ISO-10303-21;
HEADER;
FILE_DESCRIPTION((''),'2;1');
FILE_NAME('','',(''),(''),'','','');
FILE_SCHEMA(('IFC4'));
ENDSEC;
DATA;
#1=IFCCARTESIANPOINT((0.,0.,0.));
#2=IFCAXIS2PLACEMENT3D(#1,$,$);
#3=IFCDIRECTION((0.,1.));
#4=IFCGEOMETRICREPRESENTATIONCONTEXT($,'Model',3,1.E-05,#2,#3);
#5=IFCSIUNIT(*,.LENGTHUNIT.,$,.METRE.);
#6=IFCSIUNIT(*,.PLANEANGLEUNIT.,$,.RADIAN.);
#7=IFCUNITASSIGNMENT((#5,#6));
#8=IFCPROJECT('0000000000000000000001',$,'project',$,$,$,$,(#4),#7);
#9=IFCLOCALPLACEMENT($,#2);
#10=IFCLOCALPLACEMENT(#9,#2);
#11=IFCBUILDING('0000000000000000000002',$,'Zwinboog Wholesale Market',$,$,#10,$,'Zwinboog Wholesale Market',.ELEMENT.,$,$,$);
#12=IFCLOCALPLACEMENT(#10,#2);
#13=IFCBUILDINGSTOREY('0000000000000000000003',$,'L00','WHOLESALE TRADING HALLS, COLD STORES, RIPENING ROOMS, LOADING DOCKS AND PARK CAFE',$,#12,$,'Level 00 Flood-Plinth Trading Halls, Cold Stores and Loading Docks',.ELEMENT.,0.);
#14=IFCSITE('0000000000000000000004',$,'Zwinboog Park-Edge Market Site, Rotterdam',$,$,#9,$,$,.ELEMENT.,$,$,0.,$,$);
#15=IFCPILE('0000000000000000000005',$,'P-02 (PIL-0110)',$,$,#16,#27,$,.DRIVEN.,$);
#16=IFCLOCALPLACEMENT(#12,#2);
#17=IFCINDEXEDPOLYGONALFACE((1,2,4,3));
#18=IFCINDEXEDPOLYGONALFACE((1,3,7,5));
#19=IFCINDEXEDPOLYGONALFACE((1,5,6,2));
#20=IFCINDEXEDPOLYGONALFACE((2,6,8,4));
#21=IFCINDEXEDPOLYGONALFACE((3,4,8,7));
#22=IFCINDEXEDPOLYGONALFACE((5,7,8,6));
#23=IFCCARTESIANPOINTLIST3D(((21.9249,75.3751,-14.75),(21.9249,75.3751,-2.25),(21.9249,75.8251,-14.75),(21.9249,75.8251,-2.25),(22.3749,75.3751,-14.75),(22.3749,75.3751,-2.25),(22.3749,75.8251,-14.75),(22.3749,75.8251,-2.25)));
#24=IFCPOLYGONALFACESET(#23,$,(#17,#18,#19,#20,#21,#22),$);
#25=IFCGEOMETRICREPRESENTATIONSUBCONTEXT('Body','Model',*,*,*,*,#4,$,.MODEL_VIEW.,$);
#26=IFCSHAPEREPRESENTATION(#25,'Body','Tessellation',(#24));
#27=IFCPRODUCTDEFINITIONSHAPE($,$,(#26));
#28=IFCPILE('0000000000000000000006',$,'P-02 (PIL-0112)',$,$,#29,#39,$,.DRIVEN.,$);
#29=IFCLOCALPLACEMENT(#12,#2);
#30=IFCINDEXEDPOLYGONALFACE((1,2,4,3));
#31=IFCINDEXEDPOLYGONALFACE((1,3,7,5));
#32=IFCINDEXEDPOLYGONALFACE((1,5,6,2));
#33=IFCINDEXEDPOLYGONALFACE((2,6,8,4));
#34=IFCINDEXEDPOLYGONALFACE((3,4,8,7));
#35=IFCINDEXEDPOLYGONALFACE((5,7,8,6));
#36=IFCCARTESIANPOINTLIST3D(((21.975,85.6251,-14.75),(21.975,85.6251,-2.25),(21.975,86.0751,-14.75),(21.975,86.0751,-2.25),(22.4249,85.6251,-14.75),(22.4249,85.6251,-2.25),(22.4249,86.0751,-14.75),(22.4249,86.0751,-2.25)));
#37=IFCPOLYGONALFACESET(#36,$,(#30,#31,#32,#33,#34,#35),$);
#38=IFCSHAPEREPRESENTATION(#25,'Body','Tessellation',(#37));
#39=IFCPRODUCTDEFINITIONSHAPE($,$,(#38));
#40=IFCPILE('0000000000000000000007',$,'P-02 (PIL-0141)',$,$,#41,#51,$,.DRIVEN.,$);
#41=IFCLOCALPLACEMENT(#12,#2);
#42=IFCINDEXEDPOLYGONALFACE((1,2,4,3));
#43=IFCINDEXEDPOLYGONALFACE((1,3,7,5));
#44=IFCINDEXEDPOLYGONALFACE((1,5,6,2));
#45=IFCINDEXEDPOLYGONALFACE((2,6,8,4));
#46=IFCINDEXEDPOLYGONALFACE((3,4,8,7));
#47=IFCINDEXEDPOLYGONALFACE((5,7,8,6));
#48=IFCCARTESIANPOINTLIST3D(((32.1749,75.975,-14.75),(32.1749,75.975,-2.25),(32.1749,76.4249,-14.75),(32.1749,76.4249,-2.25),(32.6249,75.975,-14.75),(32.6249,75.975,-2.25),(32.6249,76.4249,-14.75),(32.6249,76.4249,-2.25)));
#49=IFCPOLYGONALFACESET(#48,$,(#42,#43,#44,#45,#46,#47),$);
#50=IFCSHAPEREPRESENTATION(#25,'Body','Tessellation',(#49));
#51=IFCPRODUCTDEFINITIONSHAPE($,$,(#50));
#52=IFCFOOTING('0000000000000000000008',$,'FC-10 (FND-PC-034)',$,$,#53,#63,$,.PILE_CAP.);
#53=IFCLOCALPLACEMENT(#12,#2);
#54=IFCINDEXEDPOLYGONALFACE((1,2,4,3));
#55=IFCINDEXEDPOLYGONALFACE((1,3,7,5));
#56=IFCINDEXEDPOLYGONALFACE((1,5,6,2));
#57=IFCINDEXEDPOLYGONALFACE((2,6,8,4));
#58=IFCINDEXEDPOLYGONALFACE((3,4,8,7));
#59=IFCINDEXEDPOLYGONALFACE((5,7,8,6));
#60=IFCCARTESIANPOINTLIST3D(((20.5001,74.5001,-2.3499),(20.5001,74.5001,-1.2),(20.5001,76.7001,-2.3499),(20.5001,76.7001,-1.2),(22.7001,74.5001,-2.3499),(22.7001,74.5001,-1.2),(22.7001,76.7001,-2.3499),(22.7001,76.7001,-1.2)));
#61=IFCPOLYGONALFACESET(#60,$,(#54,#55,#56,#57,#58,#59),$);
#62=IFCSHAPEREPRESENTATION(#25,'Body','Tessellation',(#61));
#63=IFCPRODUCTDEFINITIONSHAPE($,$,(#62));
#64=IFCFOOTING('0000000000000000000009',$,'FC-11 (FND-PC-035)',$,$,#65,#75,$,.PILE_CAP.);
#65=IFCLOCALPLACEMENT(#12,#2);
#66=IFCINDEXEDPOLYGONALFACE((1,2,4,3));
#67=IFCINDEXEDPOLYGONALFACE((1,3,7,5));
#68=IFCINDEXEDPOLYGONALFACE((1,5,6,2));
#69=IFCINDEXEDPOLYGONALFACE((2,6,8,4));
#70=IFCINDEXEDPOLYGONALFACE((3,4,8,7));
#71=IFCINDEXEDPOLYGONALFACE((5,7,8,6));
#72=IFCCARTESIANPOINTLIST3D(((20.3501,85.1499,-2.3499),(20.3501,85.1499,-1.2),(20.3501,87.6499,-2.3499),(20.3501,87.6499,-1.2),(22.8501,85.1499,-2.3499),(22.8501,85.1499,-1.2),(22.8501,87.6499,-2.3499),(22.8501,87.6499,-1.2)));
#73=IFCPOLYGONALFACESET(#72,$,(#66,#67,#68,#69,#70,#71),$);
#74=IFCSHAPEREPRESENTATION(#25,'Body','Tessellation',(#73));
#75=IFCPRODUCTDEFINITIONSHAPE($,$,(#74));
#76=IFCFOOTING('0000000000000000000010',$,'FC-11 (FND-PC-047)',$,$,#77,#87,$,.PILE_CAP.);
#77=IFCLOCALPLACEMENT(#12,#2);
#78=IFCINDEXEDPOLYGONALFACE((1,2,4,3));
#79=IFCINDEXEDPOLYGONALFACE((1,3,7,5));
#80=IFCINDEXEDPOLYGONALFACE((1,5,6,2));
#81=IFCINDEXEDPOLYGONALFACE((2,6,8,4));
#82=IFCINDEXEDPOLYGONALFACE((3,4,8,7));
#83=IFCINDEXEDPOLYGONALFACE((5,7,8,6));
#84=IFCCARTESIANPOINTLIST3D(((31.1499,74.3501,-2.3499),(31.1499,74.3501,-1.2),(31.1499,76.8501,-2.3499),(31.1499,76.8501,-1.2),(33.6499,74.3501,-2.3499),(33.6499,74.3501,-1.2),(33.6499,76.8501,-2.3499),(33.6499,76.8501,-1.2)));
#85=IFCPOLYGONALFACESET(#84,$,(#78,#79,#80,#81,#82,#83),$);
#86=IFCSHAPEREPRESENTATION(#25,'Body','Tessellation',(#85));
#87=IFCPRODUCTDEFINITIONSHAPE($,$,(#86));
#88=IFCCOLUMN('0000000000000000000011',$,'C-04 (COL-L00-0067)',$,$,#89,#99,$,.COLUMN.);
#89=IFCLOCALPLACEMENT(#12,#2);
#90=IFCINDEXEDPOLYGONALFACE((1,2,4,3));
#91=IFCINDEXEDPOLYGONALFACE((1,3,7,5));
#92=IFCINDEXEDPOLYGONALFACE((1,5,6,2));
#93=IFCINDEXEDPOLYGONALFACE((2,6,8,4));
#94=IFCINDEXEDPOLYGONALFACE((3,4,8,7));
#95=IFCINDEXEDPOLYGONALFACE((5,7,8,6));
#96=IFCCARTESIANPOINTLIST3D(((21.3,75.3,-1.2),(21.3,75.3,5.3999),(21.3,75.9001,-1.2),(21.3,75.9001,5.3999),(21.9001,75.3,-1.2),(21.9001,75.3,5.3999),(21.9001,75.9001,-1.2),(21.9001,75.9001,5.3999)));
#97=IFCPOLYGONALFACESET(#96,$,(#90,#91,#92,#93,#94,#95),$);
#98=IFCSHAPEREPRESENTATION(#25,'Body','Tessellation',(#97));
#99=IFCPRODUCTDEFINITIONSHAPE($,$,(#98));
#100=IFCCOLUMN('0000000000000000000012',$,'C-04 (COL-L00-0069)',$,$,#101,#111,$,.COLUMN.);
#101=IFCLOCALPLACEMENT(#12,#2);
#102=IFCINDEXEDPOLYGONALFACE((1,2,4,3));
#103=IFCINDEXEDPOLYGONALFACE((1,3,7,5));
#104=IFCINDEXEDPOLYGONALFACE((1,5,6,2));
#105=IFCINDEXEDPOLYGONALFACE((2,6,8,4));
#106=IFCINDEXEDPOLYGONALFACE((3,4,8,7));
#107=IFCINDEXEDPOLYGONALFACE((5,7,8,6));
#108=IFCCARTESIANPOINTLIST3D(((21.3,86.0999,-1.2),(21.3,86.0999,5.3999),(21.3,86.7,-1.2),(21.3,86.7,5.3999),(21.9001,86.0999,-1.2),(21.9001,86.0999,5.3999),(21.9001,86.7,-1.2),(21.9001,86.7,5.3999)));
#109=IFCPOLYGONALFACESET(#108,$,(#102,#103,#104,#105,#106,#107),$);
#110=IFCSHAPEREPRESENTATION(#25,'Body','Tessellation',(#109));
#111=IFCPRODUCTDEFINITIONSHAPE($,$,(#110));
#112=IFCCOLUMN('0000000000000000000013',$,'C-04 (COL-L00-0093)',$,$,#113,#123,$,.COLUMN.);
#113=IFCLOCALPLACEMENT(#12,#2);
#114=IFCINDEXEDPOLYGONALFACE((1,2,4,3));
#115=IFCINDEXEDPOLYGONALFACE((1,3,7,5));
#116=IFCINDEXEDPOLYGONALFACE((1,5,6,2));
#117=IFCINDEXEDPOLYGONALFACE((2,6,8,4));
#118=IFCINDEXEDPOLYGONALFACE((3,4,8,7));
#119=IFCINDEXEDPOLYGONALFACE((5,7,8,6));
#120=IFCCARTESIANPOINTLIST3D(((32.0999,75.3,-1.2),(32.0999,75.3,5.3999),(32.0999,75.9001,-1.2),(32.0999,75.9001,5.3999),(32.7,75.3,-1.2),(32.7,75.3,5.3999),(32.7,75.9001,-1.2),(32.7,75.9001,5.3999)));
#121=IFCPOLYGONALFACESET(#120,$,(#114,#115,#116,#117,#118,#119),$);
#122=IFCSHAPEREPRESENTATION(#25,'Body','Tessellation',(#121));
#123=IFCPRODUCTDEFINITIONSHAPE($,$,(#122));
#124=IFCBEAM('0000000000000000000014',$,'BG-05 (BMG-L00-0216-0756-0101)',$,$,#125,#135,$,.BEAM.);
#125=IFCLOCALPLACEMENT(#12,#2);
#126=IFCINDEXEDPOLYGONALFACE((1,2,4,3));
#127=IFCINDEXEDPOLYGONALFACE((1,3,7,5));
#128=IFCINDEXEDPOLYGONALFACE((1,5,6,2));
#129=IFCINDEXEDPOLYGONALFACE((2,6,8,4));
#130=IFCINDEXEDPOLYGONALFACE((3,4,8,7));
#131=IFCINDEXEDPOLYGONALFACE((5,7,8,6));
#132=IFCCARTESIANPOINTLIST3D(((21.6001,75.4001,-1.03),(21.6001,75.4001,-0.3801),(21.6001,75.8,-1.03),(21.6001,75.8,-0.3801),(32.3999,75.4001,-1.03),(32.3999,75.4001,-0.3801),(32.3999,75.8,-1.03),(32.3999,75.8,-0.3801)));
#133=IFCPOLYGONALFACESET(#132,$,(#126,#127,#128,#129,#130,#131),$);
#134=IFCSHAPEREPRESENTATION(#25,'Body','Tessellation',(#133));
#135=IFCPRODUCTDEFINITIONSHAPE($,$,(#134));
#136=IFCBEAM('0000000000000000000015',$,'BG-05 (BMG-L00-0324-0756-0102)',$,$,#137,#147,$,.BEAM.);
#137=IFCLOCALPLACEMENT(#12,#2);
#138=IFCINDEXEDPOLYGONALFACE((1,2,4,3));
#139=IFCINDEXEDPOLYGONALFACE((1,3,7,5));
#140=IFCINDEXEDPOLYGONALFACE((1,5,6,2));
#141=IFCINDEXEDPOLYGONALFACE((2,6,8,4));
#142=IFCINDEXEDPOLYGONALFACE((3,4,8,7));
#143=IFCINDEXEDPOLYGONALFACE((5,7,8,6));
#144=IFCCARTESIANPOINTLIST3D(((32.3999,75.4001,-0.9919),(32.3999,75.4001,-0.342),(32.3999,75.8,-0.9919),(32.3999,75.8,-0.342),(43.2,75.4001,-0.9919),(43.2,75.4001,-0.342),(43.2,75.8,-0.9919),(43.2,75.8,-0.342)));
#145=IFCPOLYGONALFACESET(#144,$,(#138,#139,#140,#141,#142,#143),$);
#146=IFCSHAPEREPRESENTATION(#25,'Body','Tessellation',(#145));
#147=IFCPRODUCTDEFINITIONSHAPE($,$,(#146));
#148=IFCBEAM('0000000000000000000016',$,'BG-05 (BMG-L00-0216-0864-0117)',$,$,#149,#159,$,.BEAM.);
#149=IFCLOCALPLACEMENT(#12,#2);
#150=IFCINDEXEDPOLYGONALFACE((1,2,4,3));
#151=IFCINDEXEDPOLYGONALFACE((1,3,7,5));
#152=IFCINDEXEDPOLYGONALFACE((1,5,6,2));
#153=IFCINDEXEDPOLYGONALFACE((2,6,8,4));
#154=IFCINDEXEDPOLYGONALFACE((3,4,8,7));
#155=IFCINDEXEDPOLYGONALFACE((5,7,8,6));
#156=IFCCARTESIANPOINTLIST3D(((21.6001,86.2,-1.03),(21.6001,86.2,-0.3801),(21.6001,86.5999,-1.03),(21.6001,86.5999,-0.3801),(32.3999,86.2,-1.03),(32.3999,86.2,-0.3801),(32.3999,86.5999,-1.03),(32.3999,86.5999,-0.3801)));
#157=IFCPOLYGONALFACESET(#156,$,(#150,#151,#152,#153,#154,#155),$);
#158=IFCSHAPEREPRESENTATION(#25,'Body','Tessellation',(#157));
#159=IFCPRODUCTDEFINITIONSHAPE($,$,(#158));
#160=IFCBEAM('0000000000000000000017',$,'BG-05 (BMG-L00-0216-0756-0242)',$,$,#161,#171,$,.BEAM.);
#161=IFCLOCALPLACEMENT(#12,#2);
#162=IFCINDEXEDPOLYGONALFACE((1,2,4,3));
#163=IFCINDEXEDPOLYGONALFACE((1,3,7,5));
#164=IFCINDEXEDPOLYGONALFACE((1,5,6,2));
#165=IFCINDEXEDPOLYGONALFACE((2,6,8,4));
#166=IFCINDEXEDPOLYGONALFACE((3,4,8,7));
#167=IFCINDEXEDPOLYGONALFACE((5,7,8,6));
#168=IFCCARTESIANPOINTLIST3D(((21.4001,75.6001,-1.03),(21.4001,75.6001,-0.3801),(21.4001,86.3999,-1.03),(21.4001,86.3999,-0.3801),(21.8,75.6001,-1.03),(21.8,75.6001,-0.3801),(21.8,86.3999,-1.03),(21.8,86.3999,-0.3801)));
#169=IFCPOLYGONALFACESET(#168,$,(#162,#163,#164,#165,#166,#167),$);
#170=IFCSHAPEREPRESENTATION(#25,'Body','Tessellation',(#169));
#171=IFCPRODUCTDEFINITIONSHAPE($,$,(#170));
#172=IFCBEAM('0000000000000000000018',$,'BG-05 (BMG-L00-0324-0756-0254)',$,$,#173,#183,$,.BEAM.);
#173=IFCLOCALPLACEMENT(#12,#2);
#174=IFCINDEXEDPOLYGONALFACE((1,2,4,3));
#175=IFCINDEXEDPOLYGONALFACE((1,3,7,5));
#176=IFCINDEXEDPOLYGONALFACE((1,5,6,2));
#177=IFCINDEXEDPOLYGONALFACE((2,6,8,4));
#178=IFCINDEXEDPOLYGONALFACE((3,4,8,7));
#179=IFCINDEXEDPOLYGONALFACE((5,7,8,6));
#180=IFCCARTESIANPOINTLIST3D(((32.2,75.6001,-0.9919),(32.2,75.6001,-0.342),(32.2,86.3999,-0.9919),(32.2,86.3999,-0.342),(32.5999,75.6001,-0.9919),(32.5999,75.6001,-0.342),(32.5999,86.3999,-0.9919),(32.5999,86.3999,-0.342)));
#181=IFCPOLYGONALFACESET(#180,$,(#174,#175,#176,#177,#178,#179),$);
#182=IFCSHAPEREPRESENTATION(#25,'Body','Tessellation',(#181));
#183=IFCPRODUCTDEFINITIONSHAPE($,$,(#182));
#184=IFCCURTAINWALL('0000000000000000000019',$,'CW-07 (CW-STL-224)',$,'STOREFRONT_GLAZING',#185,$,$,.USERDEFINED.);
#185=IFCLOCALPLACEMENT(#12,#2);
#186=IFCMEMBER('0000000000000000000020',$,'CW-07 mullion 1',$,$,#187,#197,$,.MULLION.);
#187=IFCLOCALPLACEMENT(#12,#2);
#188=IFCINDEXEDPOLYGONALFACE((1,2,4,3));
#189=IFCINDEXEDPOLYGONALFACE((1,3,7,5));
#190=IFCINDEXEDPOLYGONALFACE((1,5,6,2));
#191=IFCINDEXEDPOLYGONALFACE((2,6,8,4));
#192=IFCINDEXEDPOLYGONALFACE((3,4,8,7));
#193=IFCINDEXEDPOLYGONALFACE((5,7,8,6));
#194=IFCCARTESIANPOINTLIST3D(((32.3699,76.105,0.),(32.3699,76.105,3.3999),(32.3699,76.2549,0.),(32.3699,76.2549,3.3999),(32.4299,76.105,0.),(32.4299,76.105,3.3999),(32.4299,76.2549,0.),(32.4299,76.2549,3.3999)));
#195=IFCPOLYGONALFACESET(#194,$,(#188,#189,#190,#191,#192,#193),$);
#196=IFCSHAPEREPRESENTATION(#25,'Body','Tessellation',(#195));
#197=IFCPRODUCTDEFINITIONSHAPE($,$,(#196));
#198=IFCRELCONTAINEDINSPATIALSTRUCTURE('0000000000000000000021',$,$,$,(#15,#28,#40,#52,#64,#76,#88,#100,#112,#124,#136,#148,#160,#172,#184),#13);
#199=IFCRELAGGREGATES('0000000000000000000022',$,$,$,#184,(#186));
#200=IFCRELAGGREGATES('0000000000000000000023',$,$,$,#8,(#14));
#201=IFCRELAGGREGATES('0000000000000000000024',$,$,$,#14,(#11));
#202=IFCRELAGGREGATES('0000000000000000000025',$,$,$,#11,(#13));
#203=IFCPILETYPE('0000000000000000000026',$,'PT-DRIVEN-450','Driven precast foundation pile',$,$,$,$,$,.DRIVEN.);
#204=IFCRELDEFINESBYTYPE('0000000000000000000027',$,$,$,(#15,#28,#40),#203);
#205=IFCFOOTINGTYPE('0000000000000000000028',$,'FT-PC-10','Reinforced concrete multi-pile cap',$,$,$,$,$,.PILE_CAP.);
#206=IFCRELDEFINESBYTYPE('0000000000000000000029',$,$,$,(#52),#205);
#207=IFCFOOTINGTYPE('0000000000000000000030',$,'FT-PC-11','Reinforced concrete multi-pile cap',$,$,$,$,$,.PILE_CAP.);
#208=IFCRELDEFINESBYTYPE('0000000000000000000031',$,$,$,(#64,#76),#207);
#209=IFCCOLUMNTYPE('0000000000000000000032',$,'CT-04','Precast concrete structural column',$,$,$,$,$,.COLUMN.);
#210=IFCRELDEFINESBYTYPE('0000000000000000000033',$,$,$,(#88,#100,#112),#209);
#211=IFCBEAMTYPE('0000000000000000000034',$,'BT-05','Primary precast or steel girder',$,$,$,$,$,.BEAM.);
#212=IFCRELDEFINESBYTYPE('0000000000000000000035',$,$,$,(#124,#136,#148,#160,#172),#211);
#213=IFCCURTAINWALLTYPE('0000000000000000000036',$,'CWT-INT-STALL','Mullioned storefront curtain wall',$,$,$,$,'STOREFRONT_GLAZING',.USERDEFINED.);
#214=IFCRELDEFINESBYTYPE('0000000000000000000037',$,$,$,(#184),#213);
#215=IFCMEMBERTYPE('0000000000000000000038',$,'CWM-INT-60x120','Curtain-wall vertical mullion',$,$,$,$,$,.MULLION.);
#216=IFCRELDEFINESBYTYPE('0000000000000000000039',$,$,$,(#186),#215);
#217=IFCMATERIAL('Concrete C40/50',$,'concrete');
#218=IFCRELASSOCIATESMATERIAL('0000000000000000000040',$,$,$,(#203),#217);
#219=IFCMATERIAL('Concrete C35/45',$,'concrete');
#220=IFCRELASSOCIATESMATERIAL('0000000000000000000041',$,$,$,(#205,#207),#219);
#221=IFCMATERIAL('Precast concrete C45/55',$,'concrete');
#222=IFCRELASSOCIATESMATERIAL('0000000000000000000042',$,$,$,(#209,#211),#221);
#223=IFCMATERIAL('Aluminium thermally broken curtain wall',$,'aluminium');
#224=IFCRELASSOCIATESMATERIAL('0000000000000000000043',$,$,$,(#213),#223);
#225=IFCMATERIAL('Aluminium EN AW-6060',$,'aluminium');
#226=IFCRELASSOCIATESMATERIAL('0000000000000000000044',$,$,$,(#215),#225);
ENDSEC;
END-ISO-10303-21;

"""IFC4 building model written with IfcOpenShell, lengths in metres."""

from ifc_helpers import new_model, si_unit, direction, frame, origin, origin_2d, place, context, subcontext, project, spatial, rectangle, extrude, material, material_profile, profile_set, type_object, element, aggregate, save


model = new_model("IFC4")

# Units and contexts
model_context = context("Model", 3, precision=1e-05, world=origin(), true_north=direction((0.0, 1.0)))
body_context = subcontext(model_context, "Body", "Model", "MODEL_VIEW")
ifc_project = project(units=[si_unit("LENGTHUNIT", "METRE"), si_unit("PLANEANGLEUNIT", "RADIAN")], contexts=[model_context])

# Site, building, storey
site_placement = place(None, origin())
site = spatial("IfcSite", under=ifc_project, at=site_placement, Name="Zwinboog Park-Edge Market Site, Rotterdam", CompositionType="ELEMENT", RefElevation=0.0)
building_placement = place(site_placement, origin())
building = spatial("IfcBuilding", under=site, at=building_placement, Name="Zwinboog Wholesale Market", LongName="Zwinboog Wholesale Market", CompositionType="ELEMENT")
storey_placement = place(building_placement, origin())
storey = spatial("IfcBuildingStorey", under=building, at=storey_placement, Name="L00", Description="WHOLESALE TRADING HALLS, COLD STORES, RIPENING ROOMS, LOADING DOCKS AND PARK CAFE", LongName="Level 00 Flood-Plinth Trading Halls, Cold Stores and Loading Docks", CompositionType="ELEMENT", Elevation=0.0)

# Piles
ifc_material_1 = material(Name="Concrete C40/50", Category="concrete")
ifc_material_profile_1 = material_profile(ifc_material_1, rectangle(XDim=0.45, YDim=0.45, at=origin_2d()), Name="PILE SQ450")
ifc_profile_set_1 = profile_set([ifc_material_profile_1], Name="Concrete C40/50")
pile_type = type_object("IfcPileType", Name="PT-DRIVEN-450", Description="Driven precast foundation pile", PredefinedType="DRIVEN", material=ifc_profile_set_1)
for number, where, z_axis, x_axis, name in (
    (1, (22.1499, 75.6001, -2.25), (0.0, 0.0, -1.0), (1.0, 0.0, 0.0), "P-02 (PIL-0110)"),
    (2, (22.2, 85.8501, -2.25), (0.0, 0.0, -1.0), (1.0, 0.0, 0.0), "P-02 (PIL-0112)"),
    (3, (32.3999, 76.2, -2.25), (0.0, 0.0, -1.0), (1.0, 0.0, 0.0), "P-02 (PIL-0141)"),
):
    element("IfcPile", number, at=place(storey_placement, frame(where, z_axis=z_axis, x_axis=x_axis)), inside=storey, type_object=pile_type, Name=name, PredefinedType="DRIVEN", context=body_context, shape_type="SweptSolid", body=[
        extrude(rectangle(XDim=0.45, YDim=0.45, at=origin_2d()), origin(), (0.0, 0.0, 1.0), 12.5),
    ])

# Footings
ifc_material_2 = material(Name="Concrete C35/45", Category="concrete")
footing_type_1 = type_object("IfcFootingType", Name="FT-PC-10", Description="Reinforced concrete multi-pile cap", PredefinedType="PILE_CAP", material=ifc_material_2)
footing_placement = place(storey_placement, frame((21.6001, 75.6001, -2.3499), z_axis=(0.0, 0.0, 1.0), x_axis=(1.0, 0.0, 0.0)))
element("IfcFooting", 4, at=footing_placement, inside=storey, type_object=footing_type_1, Name="FC-10 (FND-PC-034)", PredefinedType="PILE_CAP", context=body_context, shape_type="SweptSolid", body=[
    extrude(rectangle(XDim=2.2, YDim=2.2, at=origin_2d()), origin(), (0.0, 0.0, 1.0), 1.1499),
])
footing_type_2 = type_object("IfcFootingType", Name="FT-PC-11", Description="Reinforced concrete multi-pile cap", PredefinedType="PILE_CAP", material=ifc_material_2)
for number, where, z_axis, x_axis, name in (
    (5, (21.6001, 86.3999, -2.3499), (0.0, 0.0, 1.0), (1.0, 0.0, 0.0), "FC-11 (FND-PC-035)"),
    (6, (32.3999, 75.6001, -2.3499), (0.0, 0.0, 1.0), (1.0, 0.0, 0.0), "FC-11 (FND-PC-047)"),
):
    element("IfcFooting", number, at=place(storey_placement, frame(where, z_axis=z_axis, x_axis=x_axis)), inside=storey, type_object=footing_type_2, Name=name, PredefinedType="PILE_CAP", context=body_context, shape_type="SweptSolid", body=[
        extrude(rectangle(XDim=2.5, YDim=2.5, at=origin_2d()), origin(), (0.0, 0.0, 1.0), 1.1499),
    ])

# Columns
ifc_material_3 = material(Name="Precast concrete C45/55", Category="concrete")
ifc_material_profile_2 = material_profile(ifc_material_3, rectangle(XDim=0.6001, YDim=0.6001, at=origin_2d()), Name="PC 600x600")
ifc_profile_set_2 = profile_set([ifc_material_profile_2], Name="Precast concrete C45/55")
column_type = type_object("IfcColumnType", Name="CT-04", Description="Precast concrete structural column", PredefinedType="COLUMN", material=ifc_profile_set_2)
for number, where, z_axis, x_axis, name in (
    (7, (21.6001, 75.6001, -1.2), (0.0, 0.0, 1.0), (1.0, 0.0, 0.0), "C-04 (COL-L00-0067)"),
    (8, (21.6001, 86.3999, -1.2), (0.0, 0.0, 1.0), (1.0, 0.0, 0.0), "C-04 (COL-L00-0069)"),
    (9, (32.3999, 75.6001, -1.2), (0.0, 0.0, 1.0), (1.0, 0.0, 0.0), "C-04 (COL-L00-0093)"),
):
    element("IfcColumn", number, at=place(storey_placement, frame(where, z_axis=z_axis, x_axis=x_axis)), inside=storey, type_object=column_type, Name=name, PredefinedType="COLUMN", context=body_context, shape_type="SweptSolid", body=[
        extrude(rectangle(XDim=0.6001, YDim=0.6001, at=origin_2d()), origin(), (0.0, 0.0, 1.0), 6.5999),
    ])

# Beams
ifc_material_profile_3 = material_profile(ifc_material_3, rectangle(XDim=0.3999, YDim=0.6499, at=origin_2d()), Name="PC 400x650")
ifc_profile_set_3 = profile_set([ifc_material_profile_3], Name="Precast concrete C45/55")
beam_type = type_object("IfcBeamType", Name="BT-05", Description="Primary precast or steel girder", PredefinedType="BEAM", material=ifc_profile_set_3)
beam_1_placement = place(storey_placement, frame((21.6001, 75.6001, -0.7051), z_axis=(1.0, 0.0, 0.0), x_axis=(0.0, 1.0, 0.0)))
element("IfcBeam", 10, at=beam_1_placement, inside=storey, type_object=beam_type, Name="BG-05 (BMG-L00-0216-0756-0101)", PredefinedType="BEAM", context=body_context, shape_type="SweptSolid", body=[
    extrude(rectangle(XDim=0.3999, YDim=0.6499, at=origin_2d()), origin(), (0.0, 0.0, 1.0), 10.7998),
])
beam_2_placement = place(storey_placement, frame((32.3999, 75.6001, -0.667), z_axis=(1.0, 0.0, 0.0), x_axis=(0.0, 1.0, 0.0)))
element("IfcBeam", 11, at=beam_2_placement, inside=storey, type_object=beam_type, Name="BG-05 (BMG-L00-0324-0756-0102)", PredefinedType="BEAM", context=body_context, shape_type="SweptSolid", body=[
    extrude(rectangle(XDim=0.3999, YDim=0.6499, at=origin_2d()), origin(), (0.0, 0.0, 1.0), 10.8),
])
for number, where, z_axis, x_axis, name in (
    (12, (21.6001, 86.3999, -0.7051), (1.0, 0.0, 0.0), (0.0, 1.0, 0.0), "BG-05 (BMG-L00-0216-0864-0117)"),
    (13, (21.6001, 75.6001, -0.7051), (0.0, 1.0, 0.0), (-1.0, 0.0, 0.0), "BG-05 (BMG-L00-0216-0756-0242)"),
    (14, (32.3999, 75.6001, -0.667), (0.0, 1.0, 0.0), (-1.0, 0.0, 0.0), "BG-05 (BMG-L00-0324-0756-0254)"),
):
    element("IfcBeam", number, at=place(storey_placement, frame(where, z_axis=z_axis, x_axis=x_axis)), inside=storey, type_object=beam_type, Name=name, PredefinedType="BEAM", context=body_context, shape_type="SweptSolid", body=[
        extrude(rectangle(XDim=0.3999, YDim=0.6499, at=origin_2d()), origin(), (0.0, 0.0, 1.0), 10.7998),
    ])

# Curtain wall, member
ifc_material_4 = material(Name="Aluminium thermally broken curtain wall", Category="aluminium")
curtain_wall_type = type_object("IfcCurtainWallType", Name="CWT-INT-STALL", Description="Mullioned storefront curtain wall", ElementType="STOREFRONT_GLAZING", PredefinedType="USERDEFINED", material=ifc_material_4)
curtain_wall_placement = place(storey_placement, origin())
curtain_wall = element("IfcCurtainWall", 15, at=curtain_wall_placement, inside=storey, type_object=curtain_wall_type, Name="CW-07 (CW-STL-224)", ObjectType="STOREFRONT_GLAZING", PredefinedType="USERDEFINED")
ifc_material_5 = material(Name="Aluminium EN AW-6060", Category="aluminium")
ifc_material_profile_4 = material_profile(ifc_material_5, rectangle(XDim=0.0601, YDim=0.1499, at=origin_2d()), Name="AL 60x150")
ifc_profile_set_4 = profile_set([ifc_material_profile_4], Name="Aluminium EN AW-6060")
member_type_1 = type_object("IfcMemberType", Name="CWM-INT-60x120", Description="Curtain-wall vertical mullion", PredefinedType="MULLION", material=ifc_profile_set_4)
member_1_placement = place(storey_placement, frame((32.3999, 76.1799, 0.0), z_axis=(0.0, 0.0, 1.0), x_axis=(-1.0, 0.0, 0.0)))
member_1 = element("IfcMember", 16, at=member_1_placement, type_object=member_type_1, Name="CW-07 mullion 1", PredefinedType="MULLION", context=body_context, shape_type="SweptSolid", body=[
    extrude(rectangle(XDim=0.0601, YDim=0.1499, at=origin_2d()), origin(), (0.0, 0.0, 1.0), 3.3999),
])
aggregate(curtain_wall, [member_1])

save(model, "model.ifc")
